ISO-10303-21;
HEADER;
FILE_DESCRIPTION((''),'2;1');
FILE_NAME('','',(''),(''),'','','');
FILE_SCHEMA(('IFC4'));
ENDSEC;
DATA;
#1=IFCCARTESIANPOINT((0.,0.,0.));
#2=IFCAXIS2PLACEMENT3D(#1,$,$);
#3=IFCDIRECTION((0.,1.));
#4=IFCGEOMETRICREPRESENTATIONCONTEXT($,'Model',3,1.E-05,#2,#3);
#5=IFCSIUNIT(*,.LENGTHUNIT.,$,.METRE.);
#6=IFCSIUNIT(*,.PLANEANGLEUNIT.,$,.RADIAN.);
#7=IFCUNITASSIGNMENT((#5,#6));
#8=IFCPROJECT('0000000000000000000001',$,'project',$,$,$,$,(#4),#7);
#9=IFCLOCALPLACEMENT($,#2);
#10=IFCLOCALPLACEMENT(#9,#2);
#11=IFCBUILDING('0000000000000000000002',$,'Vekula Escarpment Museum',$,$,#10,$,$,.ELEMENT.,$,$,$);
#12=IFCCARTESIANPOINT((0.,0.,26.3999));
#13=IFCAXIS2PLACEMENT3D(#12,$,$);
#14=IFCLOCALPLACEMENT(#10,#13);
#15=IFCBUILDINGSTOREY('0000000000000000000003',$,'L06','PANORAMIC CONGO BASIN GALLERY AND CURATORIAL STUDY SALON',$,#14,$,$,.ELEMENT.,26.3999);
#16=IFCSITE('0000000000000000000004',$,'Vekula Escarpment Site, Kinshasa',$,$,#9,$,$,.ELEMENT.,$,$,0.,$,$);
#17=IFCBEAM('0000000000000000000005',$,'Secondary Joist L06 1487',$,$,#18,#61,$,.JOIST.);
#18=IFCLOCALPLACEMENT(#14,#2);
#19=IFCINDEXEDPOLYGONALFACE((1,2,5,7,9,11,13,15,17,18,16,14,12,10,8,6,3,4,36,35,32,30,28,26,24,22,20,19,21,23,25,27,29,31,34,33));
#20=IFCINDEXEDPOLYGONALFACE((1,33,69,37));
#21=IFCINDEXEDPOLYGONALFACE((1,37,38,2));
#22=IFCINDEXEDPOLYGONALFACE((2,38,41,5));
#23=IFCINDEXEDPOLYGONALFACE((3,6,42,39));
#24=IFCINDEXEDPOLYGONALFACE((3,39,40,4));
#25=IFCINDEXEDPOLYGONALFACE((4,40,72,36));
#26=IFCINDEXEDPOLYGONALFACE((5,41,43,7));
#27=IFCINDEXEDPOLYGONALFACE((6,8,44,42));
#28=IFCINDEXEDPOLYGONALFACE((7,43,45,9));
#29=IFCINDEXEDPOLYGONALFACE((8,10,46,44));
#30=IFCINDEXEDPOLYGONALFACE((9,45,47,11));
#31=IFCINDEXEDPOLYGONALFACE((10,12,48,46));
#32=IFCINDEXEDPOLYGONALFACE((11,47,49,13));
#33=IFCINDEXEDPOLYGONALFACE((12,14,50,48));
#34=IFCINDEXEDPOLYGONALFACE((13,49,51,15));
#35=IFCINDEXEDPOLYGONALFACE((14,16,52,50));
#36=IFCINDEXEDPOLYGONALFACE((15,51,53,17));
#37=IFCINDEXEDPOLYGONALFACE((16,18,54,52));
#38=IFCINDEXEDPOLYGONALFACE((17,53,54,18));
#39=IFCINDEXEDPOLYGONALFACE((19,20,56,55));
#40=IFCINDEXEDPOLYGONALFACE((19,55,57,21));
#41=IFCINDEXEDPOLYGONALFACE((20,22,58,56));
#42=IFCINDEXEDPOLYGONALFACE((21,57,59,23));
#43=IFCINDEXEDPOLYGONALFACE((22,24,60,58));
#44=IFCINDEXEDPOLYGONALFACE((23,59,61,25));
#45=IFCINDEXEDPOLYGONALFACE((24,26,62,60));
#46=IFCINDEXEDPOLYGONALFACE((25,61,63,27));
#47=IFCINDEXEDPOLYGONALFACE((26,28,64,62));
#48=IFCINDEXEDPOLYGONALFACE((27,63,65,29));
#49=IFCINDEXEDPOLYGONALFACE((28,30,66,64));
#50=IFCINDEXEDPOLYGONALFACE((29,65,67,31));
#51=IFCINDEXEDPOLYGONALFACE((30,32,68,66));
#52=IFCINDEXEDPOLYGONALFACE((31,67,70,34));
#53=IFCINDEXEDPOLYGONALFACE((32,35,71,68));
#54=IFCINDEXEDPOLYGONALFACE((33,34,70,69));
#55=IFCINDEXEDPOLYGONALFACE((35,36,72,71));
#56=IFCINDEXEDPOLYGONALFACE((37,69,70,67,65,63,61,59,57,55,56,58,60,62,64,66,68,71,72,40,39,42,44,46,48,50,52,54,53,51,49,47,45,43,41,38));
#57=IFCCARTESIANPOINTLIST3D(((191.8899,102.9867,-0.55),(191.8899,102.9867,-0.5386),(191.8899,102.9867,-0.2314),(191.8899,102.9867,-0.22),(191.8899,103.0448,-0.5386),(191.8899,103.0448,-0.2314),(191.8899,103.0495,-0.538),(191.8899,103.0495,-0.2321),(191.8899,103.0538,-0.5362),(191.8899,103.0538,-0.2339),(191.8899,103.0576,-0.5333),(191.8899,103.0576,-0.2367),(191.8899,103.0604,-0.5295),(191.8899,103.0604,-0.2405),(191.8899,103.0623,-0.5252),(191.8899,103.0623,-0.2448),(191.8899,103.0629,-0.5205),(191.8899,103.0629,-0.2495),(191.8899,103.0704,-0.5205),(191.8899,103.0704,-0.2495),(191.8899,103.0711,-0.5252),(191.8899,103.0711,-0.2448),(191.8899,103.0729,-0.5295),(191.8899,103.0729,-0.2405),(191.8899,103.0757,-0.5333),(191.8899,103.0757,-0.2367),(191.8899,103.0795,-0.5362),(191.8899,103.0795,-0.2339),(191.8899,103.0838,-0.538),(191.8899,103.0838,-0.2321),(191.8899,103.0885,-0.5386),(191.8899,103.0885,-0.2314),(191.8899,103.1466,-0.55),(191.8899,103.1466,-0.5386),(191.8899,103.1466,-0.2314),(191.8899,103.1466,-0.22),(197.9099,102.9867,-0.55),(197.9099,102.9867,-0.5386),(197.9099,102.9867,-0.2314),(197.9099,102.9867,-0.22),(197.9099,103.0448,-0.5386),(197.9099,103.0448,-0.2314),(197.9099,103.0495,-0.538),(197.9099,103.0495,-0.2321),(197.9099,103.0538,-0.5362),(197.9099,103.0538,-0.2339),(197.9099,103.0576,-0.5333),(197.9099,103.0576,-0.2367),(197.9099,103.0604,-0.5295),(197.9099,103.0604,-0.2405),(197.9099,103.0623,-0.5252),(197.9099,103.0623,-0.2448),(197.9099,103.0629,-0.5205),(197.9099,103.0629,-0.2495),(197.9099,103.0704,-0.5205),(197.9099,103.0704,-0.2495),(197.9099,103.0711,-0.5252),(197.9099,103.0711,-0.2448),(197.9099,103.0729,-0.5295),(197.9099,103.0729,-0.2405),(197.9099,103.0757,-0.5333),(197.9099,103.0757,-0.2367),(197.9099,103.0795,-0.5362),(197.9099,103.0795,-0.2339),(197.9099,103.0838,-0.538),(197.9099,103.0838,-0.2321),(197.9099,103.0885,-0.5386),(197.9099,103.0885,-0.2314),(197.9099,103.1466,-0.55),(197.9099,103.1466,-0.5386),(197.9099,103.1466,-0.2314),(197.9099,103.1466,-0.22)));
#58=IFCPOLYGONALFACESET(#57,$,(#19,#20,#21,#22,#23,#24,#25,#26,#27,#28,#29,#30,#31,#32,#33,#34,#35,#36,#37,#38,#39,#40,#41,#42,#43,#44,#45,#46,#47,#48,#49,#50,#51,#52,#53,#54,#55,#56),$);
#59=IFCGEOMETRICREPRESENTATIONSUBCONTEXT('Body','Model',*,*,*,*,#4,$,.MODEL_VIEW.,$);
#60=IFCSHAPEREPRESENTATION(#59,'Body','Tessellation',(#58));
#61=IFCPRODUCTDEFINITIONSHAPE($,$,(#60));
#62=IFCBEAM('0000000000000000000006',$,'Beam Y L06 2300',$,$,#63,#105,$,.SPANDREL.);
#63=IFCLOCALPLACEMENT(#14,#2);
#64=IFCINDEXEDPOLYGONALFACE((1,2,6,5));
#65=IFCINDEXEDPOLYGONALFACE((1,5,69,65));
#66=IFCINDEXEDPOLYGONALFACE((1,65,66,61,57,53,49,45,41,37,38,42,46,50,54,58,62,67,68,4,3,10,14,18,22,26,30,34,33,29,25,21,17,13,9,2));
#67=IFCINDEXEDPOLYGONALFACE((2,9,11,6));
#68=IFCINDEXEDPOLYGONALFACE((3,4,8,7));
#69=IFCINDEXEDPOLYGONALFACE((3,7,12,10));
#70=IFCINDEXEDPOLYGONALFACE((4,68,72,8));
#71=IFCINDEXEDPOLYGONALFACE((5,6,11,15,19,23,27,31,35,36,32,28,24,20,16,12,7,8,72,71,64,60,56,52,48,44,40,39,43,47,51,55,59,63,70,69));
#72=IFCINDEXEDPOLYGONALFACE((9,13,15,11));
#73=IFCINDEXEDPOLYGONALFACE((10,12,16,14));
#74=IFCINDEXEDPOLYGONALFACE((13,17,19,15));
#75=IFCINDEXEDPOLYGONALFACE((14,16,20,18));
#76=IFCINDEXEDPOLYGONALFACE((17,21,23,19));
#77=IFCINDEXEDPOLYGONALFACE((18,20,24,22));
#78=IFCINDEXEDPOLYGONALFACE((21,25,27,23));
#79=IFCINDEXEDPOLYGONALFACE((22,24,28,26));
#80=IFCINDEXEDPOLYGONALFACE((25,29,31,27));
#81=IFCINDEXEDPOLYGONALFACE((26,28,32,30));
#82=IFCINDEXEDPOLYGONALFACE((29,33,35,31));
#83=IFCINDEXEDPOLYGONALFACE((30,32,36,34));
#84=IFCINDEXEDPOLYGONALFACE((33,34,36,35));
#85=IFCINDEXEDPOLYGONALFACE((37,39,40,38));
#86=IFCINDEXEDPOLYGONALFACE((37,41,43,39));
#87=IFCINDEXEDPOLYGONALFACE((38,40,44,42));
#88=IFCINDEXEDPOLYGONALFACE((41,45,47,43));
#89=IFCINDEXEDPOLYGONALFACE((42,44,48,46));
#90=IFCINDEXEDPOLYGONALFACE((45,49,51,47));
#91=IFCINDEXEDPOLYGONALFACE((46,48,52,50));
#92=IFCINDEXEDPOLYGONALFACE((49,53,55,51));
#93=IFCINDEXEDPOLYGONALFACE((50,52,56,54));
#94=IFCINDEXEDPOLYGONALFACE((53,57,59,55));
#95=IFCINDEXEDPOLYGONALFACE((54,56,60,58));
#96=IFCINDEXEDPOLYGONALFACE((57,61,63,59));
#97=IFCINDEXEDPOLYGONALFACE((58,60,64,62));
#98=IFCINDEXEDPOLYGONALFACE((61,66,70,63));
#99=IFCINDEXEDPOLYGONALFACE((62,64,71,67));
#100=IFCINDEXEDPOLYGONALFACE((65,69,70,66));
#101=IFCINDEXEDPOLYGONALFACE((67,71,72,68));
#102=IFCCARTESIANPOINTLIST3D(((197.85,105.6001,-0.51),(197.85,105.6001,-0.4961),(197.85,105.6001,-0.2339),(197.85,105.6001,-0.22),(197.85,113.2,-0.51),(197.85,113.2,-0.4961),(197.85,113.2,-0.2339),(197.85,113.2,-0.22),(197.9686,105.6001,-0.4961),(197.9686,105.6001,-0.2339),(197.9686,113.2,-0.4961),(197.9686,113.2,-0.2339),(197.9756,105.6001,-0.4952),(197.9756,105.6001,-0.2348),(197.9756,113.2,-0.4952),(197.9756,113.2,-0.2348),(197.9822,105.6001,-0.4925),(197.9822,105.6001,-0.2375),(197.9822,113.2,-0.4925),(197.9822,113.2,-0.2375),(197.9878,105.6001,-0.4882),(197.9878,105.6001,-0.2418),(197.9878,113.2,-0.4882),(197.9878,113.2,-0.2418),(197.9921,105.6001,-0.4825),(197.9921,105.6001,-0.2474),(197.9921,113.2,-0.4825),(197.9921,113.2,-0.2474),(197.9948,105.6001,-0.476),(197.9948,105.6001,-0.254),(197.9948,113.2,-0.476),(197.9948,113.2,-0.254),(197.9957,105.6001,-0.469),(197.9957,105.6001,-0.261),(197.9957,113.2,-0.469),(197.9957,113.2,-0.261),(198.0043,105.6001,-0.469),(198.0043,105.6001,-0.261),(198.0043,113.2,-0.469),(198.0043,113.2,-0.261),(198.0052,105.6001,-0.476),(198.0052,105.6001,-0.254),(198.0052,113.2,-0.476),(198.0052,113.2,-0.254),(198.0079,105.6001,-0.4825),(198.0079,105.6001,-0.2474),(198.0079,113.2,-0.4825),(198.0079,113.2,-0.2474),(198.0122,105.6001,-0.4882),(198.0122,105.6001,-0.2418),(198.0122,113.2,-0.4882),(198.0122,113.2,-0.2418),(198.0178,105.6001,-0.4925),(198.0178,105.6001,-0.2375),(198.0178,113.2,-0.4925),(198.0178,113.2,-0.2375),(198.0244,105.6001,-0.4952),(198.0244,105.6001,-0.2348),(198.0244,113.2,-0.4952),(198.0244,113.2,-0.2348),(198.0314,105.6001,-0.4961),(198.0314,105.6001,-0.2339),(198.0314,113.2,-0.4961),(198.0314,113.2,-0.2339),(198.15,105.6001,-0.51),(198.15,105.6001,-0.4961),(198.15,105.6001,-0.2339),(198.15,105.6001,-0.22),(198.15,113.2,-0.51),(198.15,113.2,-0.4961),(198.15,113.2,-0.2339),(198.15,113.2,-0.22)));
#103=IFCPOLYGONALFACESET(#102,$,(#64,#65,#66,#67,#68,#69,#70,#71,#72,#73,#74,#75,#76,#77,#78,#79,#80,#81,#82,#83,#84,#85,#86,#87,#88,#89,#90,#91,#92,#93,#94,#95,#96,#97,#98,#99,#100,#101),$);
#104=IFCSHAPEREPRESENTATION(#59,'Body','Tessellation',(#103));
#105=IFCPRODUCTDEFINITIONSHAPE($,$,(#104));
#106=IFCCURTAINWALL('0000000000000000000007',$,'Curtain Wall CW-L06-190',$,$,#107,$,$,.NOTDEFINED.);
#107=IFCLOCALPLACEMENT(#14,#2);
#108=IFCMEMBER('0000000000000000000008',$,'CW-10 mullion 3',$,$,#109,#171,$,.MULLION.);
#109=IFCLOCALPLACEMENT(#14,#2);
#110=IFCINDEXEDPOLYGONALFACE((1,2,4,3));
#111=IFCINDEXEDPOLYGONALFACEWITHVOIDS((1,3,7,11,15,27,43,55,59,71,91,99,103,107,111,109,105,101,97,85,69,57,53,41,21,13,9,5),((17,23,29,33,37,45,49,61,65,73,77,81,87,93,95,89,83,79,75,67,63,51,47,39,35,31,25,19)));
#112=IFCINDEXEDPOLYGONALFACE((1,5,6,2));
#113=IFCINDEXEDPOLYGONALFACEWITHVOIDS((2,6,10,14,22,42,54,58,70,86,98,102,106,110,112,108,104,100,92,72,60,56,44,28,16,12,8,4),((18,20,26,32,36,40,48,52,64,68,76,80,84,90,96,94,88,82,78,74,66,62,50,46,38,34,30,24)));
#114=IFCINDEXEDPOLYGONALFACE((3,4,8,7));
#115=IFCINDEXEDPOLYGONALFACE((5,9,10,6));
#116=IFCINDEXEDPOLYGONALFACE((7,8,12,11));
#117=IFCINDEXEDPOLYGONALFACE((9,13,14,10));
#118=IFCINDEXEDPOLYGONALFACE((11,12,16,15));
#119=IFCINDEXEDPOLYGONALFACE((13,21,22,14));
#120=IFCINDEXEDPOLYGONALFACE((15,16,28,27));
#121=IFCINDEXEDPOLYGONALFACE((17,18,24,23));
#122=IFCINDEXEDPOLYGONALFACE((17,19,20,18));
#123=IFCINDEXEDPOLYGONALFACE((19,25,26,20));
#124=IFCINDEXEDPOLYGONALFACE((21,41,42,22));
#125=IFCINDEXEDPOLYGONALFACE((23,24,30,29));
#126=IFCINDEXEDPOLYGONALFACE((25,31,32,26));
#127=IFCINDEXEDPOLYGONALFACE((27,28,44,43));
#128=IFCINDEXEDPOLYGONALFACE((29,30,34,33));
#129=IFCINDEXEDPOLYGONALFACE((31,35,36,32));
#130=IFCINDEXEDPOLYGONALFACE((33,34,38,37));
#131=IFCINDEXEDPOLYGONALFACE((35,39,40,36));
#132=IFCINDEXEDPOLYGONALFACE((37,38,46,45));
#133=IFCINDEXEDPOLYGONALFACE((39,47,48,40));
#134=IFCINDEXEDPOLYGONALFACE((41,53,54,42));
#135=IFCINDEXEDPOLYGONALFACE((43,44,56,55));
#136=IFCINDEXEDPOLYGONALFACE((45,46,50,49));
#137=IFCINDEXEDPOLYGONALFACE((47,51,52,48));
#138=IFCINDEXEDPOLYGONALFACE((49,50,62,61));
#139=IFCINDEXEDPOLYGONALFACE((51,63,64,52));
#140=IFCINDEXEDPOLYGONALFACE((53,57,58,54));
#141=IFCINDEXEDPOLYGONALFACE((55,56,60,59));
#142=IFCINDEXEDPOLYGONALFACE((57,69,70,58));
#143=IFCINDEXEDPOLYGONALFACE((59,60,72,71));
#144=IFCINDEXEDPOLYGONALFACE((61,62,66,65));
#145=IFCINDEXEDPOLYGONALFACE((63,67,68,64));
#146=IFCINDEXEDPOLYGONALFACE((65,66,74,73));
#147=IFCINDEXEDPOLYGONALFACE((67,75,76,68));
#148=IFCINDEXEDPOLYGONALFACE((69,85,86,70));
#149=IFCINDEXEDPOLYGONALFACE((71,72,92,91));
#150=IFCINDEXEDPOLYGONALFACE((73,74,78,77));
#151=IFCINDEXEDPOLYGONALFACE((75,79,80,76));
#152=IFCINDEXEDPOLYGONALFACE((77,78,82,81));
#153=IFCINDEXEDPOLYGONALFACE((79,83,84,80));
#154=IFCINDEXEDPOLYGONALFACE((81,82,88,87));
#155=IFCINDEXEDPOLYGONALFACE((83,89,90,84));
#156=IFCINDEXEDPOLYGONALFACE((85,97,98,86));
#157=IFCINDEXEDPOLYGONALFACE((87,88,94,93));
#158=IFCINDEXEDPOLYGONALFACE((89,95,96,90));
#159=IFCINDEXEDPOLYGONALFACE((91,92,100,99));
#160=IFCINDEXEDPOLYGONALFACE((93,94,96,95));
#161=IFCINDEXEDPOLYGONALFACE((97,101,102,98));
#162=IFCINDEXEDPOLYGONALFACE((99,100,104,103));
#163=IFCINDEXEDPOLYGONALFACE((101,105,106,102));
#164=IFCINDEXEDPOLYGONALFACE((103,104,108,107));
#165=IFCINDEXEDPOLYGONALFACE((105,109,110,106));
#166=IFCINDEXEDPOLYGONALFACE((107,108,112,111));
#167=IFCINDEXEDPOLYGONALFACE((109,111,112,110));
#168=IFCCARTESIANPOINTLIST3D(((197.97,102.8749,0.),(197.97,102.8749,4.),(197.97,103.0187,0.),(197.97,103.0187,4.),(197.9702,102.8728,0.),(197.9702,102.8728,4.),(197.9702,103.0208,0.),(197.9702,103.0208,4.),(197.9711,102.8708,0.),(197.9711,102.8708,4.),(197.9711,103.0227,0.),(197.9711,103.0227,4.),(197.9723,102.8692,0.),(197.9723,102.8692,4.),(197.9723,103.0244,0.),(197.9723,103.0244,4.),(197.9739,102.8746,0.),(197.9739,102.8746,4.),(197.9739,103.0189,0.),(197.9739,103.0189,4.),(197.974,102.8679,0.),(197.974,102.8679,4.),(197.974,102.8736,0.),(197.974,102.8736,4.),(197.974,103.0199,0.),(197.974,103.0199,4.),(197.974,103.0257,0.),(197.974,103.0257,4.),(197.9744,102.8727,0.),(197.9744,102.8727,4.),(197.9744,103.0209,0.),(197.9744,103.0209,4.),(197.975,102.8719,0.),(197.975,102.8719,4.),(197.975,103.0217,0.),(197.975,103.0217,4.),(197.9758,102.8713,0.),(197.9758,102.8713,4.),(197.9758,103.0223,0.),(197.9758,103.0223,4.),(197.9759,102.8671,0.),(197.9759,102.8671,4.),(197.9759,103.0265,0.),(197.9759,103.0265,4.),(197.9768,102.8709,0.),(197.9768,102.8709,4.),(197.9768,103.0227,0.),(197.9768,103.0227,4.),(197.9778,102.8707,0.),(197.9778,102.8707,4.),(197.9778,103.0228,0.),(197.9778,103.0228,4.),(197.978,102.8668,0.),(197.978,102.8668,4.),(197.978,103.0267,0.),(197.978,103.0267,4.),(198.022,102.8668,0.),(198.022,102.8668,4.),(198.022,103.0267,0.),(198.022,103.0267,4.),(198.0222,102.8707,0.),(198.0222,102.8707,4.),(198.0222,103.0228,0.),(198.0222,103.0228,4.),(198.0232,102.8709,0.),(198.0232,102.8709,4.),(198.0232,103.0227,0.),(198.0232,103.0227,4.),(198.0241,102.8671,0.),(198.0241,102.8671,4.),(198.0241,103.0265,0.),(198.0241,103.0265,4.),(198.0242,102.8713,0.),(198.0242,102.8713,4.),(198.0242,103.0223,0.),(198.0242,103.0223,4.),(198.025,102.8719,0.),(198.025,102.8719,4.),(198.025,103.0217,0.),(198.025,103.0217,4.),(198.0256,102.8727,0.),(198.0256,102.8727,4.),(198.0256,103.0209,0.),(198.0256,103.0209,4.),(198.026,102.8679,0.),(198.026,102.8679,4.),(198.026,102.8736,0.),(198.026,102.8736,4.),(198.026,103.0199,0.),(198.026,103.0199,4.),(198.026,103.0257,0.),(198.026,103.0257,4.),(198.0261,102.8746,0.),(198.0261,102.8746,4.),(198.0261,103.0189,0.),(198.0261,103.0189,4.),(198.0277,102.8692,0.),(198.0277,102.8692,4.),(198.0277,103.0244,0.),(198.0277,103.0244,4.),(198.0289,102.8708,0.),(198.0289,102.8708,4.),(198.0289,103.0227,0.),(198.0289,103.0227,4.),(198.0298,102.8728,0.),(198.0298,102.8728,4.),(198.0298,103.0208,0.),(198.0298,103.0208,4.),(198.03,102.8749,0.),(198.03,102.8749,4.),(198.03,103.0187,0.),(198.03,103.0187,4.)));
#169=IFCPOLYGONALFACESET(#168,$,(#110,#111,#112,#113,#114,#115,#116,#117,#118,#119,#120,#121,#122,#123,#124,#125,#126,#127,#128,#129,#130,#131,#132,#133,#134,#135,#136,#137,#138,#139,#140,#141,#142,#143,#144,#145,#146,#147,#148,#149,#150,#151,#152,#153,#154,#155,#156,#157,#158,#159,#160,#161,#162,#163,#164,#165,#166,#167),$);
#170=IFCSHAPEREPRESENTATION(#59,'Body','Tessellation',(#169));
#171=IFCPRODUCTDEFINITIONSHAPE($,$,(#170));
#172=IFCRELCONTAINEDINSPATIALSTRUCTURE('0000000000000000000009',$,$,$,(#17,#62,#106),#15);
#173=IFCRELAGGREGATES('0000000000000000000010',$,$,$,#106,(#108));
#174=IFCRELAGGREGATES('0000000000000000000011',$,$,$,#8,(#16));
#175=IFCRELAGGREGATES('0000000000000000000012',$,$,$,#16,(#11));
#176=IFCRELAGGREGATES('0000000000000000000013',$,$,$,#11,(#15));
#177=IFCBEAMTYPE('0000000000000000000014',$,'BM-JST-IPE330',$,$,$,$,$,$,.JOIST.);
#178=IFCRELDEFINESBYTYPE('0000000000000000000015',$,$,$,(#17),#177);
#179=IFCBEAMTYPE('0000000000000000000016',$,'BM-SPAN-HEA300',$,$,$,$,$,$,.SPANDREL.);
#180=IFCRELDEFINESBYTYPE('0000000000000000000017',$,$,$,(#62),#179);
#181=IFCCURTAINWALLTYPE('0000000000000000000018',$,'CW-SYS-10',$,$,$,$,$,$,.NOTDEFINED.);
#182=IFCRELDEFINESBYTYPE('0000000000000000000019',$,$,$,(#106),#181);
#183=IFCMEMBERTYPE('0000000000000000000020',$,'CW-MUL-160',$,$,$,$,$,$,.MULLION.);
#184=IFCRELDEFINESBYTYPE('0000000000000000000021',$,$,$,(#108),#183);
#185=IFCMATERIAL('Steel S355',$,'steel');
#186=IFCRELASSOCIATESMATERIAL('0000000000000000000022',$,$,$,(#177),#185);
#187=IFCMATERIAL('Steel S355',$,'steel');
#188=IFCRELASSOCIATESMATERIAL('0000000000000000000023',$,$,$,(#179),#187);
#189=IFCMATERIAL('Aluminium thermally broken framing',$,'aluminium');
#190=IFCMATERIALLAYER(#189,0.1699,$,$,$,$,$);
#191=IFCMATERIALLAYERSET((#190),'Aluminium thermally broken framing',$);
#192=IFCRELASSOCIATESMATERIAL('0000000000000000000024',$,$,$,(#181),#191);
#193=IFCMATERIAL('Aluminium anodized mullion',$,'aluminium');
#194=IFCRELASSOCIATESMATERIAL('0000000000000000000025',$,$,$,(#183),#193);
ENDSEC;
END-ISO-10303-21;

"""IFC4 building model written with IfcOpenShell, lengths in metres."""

from ifc_helpers import new_model, si_unit, direction, frame, origin, origin_2d, place, context, subcontext, project, spatial, hollow_rectangle, i_section, extrude, material, layer, layer_set, material_profile, profile_set, type_object, element, aggregate, save


model = new_model("IFC4")

# Units and contexts
model_context = context("Model", 3, precision=1e-05, world=origin(), true_north=direction((0.0, 1.0)))
body_context = subcontext(model_context, "Body", "Model", "MODEL_VIEW")
ifc_project = project(units=[si_unit("LENGTHUNIT", "METRE"), si_unit("PLANEANGLEUNIT", "RADIAN")], contexts=[model_context])

# Site, building, storey
site_placement = place(None, origin())
site = spatial("IfcSite", under=ifc_project, at=site_placement, Name="Vekula Escarpment Site, Kinshasa", CompositionType="ELEMENT", RefElevation=0.0)
building_placement = place(site_placement, origin())
building = spatial("IfcBuilding", under=site, at=building_placement, Name="Vekula Escarpment Museum", CompositionType="ELEMENT")
storey_placement = place(building_placement, frame((0.0, 0.0, 26.3999)))
storey = spatial("IfcBuildingStorey", under=building, at=storey_placement, Name="L06", Description="PANORAMIC CONGO BASIN GALLERY AND CURATORIAL STUDY SALON", CompositionType="ELEMENT", Elevation=26.3999)

# Beams
ifc_material_1 = material(Name="Steel S355", Category="steel")
ifc_material_profile_1 = material_profile(ifc_material_1, i_section(OverallWidth=0.1599, OverallDepth=0.3301, WebThickness=0.0076, FlangeThickness=0.0115, FilletRadius=0.0181, at=origin_2d()), Name="IPE 330")
ifc_profile_set_1 = profile_set([ifc_material_profile_1], Name="Steel S355")
beam_type_1 = type_object("IfcBeamType", Name="BM-JST-IPE330", PredefinedType="JOIST", material=ifc_profile_set_1)
beam_1_placement = place(storey_placement, frame((191.8899, 103.0667, -0.385), z_axis=(1.0, 0.0, 0.0), x_axis=(0.0, 1.0, 0.0)))
element("IfcBeam", 1, at=beam_1_placement, inside=storey, type_object=beam_type_1, Name="Secondary Joist L06 1487", PredefinedType="JOIST", context=body_context, shape_type="SweptSolid", body=[
    extrude(i_section(OverallWidth=0.1599, OverallDepth=0.3301, WebThickness=0.0076, FlangeThickness=0.0115, FilletRadius=0.0181, at=origin_2d()), origin(), (0.0, 0.0, 1.0), 6.02),
])
ifc_material_2 = material(Name="Steel S355", Category="steel")
ifc_material_profile_2 = material_profile(ifc_material_2, i_section(OverallWidth=0.3, OverallDepth=0.29, WebThickness=0.0085, FlangeThickness=0.0139, FilletRadius=0.0271, at=origin_2d()), Name="HEA 300")
ifc_profile_set_2 = profile_set([ifc_material_profile_2], Name="Steel S355")
beam_type_2 = type_object("IfcBeamType", Name="BM-SPAN-HEA300", PredefinedType="SPANDREL", material=ifc_profile_set_2)
beam_2_placement = place(storey_placement, frame((198.0, 105.6001, -0.365), z_axis=(0.0, 1.0, 0.0), x_axis=(-1.0, 0.0, 0.0)))
element("IfcBeam", 2, at=beam_2_placement, inside=storey, type_object=beam_type_2, Name="Beam Y L06 2300", PredefinedType="SPANDREL", context=body_context, shape_type="SweptSolid", body=[
    extrude(i_section(OverallWidth=0.3, OverallDepth=0.29, WebThickness=0.0085, FlangeThickness=0.0139, FilletRadius=0.0271, at=origin_2d()), origin(), (0.0, 0.0, 1.0), 7.5999),
])

# Curtain wall, member
ifc_material_3 = material(Name="Aluminium thermally broken framing", Category="aluminium")
ifc_layer_1 = layer(ifc_material_3, 0.1699)
ifc_layer_set_1 = layer_set([ifc_layer_1], Name="Aluminium thermally broken framing")
curtain_wall_type = type_object("IfcCurtainWallType", Name="CW-SYS-10", PredefinedType="NOTDEFINED", material=ifc_layer_set_1)
curtain_wall_placement = place(storey_placement, origin())
curtain_wall = element("IfcCurtainWall", 3, at=curtain_wall_placement, inside=storey, type_object=curtain_wall_type, Name="Curtain Wall CW-L06-190", PredefinedType="NOTDEFINED")
ifc_material_4 = material(Name="Aluminium anodized mullion", Category="aluminium")
ifc_material_profile_3 = material_profile(ifc_material_4, hollow_rectangle(XDim=0.0601, YDim=0.1599, WallThickness=0.0039, InnerFilletRadius=0.0039, OuterFilletRadius=0.0081, at=origin_2d()), Name="ALU 160x60x4")
ifc_profile_set_3 = profile_set([ifc_material_profile_3], Name="Aluminium anodized mullion")
member_type_1 = type_object("IfcMemberType", Name="CW-MUL-160", PredefinedType="MULLION", material=ifc_profile_set_3)
member_1_placement = place(storey_placement, frame((198.0, 102.9468, 0.0), z_axis=(0.0, 0.0, 1.0), x_axis=(-1.0, 0.0, 0.0)))
member_1 = element("IfcMember", 4, at=member_1_placement, type_object=member_type_1, Name="CW-10 mullion 3", PredefinedType="MULLION", context=body_context, shape_type="SweptSolid", body=[
    extrude(hollow_rectangle(XDim=0.0601, YDim=0.1599, WallThickness=0.0039, InnerFilletRadius=0.0039, OuterFilletRadius=0.0081, at=origin_2d()), origin(), (0.0, 0.0, 1.0), 4.0),
])

aggregate(curtain_wall, [member_1])

save(model, "model.ifc")
